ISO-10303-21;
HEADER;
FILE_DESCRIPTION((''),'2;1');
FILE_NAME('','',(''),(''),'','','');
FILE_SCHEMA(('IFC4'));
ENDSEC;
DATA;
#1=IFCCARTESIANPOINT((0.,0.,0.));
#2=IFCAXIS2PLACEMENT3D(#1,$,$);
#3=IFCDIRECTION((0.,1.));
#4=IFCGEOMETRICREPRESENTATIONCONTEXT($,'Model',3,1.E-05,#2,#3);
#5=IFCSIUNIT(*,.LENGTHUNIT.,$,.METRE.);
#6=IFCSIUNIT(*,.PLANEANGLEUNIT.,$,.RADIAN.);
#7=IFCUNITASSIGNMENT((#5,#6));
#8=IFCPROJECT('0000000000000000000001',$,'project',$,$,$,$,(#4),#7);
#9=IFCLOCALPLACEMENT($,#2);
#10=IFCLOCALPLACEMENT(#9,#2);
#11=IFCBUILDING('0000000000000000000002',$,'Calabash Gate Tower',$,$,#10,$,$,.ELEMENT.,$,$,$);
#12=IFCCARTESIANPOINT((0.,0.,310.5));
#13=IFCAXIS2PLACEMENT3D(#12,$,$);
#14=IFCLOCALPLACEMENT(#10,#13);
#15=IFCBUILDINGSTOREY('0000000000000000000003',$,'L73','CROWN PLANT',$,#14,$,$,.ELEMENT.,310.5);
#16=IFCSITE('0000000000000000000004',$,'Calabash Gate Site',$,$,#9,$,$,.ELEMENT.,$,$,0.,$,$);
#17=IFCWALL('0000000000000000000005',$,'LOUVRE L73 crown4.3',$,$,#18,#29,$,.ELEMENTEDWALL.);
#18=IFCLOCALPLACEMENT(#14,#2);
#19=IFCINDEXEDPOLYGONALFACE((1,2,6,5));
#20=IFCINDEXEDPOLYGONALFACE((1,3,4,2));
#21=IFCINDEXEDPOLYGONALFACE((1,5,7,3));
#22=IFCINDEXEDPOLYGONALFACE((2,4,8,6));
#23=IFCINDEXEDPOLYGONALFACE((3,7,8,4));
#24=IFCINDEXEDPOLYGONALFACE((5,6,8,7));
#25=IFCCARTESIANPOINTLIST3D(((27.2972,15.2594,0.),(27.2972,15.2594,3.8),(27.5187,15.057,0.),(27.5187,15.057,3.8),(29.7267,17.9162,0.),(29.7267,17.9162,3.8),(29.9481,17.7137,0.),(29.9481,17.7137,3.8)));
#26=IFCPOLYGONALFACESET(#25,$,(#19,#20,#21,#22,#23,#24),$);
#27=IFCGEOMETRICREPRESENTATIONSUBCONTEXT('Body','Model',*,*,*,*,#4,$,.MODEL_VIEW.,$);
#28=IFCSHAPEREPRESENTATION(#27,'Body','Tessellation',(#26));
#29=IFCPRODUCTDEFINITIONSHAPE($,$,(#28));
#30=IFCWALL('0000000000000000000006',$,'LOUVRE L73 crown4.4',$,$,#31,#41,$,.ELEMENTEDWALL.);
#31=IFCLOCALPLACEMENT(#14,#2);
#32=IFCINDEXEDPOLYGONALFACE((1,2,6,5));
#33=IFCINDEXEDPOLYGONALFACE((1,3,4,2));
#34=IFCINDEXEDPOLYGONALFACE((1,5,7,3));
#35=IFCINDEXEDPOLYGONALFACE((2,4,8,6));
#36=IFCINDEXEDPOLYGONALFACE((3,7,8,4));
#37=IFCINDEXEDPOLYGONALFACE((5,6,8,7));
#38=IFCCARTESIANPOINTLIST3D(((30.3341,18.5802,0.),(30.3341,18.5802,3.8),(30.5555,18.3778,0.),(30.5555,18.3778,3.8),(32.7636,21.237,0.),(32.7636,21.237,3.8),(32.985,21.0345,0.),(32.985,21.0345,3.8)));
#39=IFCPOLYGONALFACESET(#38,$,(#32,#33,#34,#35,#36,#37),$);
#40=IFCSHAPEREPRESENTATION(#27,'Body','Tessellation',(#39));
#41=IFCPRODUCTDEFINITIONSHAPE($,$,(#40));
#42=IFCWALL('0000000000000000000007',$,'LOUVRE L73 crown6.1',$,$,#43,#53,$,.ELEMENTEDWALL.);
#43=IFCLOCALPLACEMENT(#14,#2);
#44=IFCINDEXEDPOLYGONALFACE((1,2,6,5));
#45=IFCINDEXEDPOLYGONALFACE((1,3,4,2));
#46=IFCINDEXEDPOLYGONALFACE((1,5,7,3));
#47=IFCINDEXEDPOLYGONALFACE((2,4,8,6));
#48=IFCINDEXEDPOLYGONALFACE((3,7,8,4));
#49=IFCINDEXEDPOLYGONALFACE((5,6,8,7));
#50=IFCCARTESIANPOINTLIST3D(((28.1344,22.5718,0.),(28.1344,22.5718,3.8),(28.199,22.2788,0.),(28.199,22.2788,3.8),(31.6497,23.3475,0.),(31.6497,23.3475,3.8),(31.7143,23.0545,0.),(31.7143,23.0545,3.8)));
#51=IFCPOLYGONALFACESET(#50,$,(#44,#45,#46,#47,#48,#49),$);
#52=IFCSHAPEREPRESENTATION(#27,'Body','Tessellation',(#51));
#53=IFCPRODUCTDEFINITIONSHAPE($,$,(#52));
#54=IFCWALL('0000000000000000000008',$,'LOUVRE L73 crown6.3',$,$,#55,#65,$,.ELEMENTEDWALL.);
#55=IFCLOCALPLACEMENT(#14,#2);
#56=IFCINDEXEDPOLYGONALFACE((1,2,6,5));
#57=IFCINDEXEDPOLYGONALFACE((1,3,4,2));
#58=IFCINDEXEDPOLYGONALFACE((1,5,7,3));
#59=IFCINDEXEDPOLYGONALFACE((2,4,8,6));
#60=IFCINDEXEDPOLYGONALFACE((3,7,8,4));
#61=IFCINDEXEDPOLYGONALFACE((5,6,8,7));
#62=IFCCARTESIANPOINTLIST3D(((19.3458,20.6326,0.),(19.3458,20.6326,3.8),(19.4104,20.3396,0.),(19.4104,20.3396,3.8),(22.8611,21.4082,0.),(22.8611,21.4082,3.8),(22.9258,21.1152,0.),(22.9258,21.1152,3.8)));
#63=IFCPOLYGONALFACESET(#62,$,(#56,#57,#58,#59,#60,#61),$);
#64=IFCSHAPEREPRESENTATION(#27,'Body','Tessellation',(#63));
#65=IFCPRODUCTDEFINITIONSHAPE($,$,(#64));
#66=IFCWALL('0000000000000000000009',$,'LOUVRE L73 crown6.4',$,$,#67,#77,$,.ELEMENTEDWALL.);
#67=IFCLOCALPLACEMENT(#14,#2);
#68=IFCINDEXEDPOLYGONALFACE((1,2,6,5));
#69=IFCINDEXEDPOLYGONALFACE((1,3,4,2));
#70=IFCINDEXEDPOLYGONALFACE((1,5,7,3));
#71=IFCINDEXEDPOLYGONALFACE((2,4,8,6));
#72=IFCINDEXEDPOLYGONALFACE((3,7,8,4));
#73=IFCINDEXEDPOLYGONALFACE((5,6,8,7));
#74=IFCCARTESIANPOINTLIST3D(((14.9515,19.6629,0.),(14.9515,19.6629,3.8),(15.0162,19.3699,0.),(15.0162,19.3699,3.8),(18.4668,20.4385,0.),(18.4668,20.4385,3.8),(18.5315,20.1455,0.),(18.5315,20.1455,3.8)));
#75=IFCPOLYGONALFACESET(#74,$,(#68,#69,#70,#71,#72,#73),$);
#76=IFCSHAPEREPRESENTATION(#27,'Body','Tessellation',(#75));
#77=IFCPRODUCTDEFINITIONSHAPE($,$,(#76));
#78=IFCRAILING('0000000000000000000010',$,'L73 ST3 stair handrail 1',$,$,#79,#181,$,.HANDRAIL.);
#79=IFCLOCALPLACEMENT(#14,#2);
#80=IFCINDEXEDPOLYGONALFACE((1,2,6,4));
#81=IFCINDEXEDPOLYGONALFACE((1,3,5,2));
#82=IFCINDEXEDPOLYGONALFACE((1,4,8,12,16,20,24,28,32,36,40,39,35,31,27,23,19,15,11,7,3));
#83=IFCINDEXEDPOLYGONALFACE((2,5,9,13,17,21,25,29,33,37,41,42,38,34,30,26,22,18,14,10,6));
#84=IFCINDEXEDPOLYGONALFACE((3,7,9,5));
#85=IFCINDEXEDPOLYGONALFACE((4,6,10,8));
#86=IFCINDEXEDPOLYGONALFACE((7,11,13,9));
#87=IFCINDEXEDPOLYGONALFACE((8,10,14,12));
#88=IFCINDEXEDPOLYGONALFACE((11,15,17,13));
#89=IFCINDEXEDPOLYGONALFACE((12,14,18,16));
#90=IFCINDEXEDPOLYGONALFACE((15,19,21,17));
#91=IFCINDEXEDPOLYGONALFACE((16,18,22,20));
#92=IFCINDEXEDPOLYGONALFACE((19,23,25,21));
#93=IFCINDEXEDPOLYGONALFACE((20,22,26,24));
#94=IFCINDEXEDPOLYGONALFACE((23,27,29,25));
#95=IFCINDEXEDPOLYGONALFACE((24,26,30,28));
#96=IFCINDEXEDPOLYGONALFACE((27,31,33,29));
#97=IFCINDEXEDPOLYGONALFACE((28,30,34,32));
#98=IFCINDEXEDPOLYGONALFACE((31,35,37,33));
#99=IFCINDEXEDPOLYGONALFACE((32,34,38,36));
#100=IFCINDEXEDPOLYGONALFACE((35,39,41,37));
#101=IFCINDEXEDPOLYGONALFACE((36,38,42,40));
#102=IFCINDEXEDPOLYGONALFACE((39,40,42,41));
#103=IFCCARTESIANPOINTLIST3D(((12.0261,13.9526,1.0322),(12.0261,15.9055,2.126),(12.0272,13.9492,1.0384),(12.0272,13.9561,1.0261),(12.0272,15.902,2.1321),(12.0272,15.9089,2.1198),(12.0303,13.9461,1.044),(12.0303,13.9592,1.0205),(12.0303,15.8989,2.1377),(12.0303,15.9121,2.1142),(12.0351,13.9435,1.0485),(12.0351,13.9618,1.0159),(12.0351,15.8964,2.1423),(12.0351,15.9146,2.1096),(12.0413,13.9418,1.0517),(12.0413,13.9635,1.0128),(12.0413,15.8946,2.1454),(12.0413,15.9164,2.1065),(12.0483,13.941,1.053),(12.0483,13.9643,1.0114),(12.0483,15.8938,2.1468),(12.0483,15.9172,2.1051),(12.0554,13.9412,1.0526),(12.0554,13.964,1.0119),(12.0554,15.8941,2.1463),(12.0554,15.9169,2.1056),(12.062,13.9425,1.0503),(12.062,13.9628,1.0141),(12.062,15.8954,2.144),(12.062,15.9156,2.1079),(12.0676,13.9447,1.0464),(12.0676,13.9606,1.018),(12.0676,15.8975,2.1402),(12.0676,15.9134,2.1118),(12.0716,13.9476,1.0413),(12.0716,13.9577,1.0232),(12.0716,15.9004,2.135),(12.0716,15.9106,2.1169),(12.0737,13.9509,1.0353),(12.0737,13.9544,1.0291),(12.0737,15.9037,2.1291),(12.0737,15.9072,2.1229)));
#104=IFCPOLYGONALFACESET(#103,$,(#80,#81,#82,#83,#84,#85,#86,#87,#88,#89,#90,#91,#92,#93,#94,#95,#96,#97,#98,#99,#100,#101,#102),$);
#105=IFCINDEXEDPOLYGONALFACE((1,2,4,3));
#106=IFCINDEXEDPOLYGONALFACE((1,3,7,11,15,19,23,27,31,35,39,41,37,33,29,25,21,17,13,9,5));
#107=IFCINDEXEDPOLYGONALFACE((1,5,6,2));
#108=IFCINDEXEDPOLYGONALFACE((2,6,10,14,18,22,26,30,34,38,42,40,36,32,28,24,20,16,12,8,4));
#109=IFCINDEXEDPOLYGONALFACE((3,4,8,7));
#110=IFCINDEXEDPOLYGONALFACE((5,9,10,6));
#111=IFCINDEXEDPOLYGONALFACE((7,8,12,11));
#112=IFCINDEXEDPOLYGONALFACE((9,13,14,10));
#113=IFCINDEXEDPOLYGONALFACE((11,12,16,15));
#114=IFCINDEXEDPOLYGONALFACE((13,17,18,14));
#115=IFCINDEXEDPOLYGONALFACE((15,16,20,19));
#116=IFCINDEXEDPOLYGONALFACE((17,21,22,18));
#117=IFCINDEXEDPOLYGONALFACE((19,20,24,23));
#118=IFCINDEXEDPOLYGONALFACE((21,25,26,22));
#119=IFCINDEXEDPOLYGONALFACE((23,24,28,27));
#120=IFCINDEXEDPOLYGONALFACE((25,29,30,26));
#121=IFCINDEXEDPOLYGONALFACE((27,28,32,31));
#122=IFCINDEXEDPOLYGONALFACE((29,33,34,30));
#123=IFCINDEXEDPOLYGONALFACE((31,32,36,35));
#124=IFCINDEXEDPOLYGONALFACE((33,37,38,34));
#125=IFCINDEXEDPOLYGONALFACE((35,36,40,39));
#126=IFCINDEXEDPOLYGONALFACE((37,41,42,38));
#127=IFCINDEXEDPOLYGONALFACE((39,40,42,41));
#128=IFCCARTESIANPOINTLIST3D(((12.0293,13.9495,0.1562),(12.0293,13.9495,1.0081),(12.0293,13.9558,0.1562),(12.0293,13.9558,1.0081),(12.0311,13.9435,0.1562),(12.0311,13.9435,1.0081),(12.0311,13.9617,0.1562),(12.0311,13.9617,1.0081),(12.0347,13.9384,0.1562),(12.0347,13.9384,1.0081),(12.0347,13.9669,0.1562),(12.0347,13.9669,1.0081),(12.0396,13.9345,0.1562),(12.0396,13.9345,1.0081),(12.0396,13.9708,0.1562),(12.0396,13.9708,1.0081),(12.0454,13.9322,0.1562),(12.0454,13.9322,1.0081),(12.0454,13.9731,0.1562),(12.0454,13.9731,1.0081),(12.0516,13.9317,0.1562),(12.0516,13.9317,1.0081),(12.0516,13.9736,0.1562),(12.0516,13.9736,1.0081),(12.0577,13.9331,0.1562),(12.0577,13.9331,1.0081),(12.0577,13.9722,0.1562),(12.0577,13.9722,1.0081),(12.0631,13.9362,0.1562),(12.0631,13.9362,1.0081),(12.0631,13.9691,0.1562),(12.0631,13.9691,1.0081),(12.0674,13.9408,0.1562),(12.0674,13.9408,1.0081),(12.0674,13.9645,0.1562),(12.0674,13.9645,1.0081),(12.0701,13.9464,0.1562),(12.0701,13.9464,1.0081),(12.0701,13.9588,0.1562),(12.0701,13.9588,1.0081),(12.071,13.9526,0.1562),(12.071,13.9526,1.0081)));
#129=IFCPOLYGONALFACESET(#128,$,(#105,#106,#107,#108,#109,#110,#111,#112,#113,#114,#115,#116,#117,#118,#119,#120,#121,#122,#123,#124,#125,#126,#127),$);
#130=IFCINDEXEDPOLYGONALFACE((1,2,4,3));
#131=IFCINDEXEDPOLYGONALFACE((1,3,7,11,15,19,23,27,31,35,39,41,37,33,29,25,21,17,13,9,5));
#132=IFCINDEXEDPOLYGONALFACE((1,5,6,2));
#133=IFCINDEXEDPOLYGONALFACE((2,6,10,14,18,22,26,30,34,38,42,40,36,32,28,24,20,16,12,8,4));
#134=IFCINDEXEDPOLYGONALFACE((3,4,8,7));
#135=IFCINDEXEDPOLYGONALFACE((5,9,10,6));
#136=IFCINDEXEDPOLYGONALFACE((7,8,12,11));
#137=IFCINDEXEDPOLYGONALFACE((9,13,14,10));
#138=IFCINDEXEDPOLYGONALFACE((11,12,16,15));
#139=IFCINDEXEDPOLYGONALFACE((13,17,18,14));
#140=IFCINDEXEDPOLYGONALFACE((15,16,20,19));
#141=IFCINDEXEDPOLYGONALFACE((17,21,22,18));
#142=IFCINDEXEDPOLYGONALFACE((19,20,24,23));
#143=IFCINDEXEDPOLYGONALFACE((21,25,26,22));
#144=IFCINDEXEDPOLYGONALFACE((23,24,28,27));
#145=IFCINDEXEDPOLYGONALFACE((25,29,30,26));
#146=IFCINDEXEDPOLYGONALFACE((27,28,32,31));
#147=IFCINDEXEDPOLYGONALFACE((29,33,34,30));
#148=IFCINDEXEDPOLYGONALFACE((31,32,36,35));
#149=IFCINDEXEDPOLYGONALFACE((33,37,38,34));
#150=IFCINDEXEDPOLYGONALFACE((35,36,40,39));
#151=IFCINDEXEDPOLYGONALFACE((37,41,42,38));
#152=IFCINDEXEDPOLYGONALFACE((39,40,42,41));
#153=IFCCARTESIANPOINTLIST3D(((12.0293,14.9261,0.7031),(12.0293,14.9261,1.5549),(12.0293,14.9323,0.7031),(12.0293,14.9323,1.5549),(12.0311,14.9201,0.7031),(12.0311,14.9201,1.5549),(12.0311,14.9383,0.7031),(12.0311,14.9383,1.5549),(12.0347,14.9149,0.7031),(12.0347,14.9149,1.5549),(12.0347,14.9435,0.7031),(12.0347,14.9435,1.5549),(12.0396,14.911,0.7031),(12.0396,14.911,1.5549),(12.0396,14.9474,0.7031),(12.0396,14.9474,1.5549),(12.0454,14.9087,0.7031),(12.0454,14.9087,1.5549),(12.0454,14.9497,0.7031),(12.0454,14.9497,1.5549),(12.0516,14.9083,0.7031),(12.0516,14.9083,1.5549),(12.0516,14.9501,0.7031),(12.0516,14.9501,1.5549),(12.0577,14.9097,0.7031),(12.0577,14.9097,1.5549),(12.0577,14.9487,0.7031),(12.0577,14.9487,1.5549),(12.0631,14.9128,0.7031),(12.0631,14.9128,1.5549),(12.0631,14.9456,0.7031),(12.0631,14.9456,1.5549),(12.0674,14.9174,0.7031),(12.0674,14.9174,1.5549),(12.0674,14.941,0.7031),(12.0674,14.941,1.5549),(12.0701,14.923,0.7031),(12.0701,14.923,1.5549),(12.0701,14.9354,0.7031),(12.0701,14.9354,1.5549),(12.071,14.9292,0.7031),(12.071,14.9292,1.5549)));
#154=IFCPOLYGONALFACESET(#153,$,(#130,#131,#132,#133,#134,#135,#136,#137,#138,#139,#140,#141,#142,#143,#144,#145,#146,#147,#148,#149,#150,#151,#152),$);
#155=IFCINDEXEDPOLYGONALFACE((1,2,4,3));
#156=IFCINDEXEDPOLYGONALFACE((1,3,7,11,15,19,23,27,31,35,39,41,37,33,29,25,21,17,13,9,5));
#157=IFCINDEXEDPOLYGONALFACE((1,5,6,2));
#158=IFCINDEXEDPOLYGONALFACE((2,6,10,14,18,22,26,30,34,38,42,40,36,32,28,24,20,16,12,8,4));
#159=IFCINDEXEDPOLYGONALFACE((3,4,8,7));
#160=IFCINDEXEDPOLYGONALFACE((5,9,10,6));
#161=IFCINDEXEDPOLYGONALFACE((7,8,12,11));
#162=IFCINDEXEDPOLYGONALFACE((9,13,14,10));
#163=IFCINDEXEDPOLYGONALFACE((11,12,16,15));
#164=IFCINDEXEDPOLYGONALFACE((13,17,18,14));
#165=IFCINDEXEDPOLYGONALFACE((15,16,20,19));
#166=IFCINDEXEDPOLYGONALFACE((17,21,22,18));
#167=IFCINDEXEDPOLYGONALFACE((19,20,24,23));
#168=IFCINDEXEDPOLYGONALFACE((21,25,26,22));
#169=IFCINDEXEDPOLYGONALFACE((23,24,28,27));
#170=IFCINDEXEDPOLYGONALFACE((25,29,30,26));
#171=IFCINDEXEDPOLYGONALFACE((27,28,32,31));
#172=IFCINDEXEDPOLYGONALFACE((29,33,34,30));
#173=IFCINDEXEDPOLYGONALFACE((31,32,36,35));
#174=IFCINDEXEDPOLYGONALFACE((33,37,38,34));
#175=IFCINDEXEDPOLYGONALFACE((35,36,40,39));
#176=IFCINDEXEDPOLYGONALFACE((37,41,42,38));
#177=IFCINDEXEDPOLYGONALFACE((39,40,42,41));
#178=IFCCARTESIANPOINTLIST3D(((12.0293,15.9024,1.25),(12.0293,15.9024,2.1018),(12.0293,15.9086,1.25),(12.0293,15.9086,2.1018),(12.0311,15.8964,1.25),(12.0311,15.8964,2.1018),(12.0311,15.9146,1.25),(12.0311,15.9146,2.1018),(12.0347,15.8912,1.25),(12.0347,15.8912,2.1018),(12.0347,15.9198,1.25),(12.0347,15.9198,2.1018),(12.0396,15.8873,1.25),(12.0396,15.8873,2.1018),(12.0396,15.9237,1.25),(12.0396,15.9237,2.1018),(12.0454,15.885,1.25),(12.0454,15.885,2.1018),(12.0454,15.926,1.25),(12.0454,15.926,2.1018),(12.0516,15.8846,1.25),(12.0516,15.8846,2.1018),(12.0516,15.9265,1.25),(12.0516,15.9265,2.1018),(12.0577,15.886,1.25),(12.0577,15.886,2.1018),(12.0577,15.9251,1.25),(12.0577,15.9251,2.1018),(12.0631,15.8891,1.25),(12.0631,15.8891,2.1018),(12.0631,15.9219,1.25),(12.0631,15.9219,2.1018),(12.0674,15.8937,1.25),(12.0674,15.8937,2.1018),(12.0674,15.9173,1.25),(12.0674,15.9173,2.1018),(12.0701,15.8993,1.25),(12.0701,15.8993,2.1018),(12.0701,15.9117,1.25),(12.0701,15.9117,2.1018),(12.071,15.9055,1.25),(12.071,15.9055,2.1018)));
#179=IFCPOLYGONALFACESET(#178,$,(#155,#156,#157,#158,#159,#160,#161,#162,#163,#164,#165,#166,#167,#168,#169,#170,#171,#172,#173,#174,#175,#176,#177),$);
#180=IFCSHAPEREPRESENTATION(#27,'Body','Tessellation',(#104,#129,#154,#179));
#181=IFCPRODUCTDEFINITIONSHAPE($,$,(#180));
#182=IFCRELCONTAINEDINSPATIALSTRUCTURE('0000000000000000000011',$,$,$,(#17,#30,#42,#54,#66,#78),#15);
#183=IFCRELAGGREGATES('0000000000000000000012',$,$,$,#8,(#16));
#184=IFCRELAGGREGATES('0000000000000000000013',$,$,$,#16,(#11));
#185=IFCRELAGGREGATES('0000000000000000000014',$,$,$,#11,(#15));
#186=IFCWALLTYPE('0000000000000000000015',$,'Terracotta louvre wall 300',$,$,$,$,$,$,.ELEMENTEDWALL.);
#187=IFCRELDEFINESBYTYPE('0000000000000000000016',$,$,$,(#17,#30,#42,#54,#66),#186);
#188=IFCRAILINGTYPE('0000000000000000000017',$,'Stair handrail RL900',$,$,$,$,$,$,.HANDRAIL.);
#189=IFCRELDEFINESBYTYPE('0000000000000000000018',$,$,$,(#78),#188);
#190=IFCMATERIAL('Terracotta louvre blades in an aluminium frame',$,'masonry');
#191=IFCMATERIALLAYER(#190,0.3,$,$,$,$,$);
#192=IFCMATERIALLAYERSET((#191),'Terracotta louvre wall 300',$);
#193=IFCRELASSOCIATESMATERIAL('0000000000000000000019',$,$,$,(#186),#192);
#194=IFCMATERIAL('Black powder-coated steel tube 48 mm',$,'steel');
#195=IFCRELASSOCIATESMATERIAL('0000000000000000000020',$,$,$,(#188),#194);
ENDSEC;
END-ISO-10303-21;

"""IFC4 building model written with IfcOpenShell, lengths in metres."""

from ifc_helpers import new_model, si_unit, direction, frame, frame_2d, origin, origin_2d, place, context, subcontext, project, spatial, rectangle, circle, extrude, material, layer, layer_set, type_object, element, save


model = new_model("IFC4")

# Units and contexts
model_context = context("Model", 3, precision=1e-05, world=origin(), true_north=direction((0.0, 1.0)))
body_context = subcontext(model_context, "Body", "Model", "MODEL_VIEW")
ifc_project = project(units=[si_unit("LENGTHUNIT", "METRE"), si_unit("PLANEANGLEUNIT", "RADIAN")], contexts=[model_context])

# Site, building, storey
site_placement = place(None, origin())
site = spatial("IfcSite", under=ifc_project, at=site_placement, Name="Calabash Gate Site", CompositionType="ELEMENT", RefElevation=0.0)
building_placement = place(site_placement, origin())
building = spatial("IfcBuilding", under=site, at=building_placement, Name="Calabash Gate Tower", CompositionType="ELEMENT")
storey_placement = place(building_placement, frame((0.0, 0.0, 310.5)))
storey = spatial("IfcBuildingStorey", under=building, at=storey_placement, Name="L73", Description="CROWN PLANT", CompositionType="ELEMENT", Elevation=310.5)

# Walls
ifc_material_1 = material(Name="Terracotta louvre blades in an aluminium frame", Category="masonry")
ifc_layer_1 = layer(ifc_material_1, 0.3)
ifc_layer_set_1 = layer_set([ifc_layer_1], Name="Terracotta louvre wall 300")
wall_type_1 = type_object("IfcWallType", Name="Terracotta louvre wall 300", PredefinedType="ELEMENTEDWALL", material=ifc_layer_set_1)
for number, where, z_axis, x_axis, name in (
    (1, (27.408, 15.1582, 0.0), (0.0, 0.0, 1.0), (0.674834, 0.73797, 0.0), "LOUVRE L73 crown4.3"),
    (2, (30.4448, 18.479, 0.0), (0.0, 0.0, 1.0), (0.674834, 0.73797, 0.0), "LOUVRE L73 crown4.4"),
):
    element("IfcWall", number, at=place(storey_placement, frame(where, z_axis=z_axis, x_axis=x_axis)), inside=storey, type_object=wall_type_1, Name=name, PredefinedType="ELEMENTEDWALL", context=body_context, shape_type="SweptSolid", body=[
        extrude(rectangle(XDim=3.6001, YDim=0.3, at=frame_2d((1.8, 0.0))), origin(), (0.0, 0.0, 1.0), 3.8),
    ])
for number, where, z_axis, x_axis, name in (
    (3, (31.6819, 23.2009, 0.0), (0.0, 0.0, 1.0), (-0.976513, -0.215458, 0.0), "LOUVRE L73 crown6.1"),
    (4, (22.8933, 21.2617, 0.0), (0.0, 0.0, 1.0), (-0.976513, -0.215458, 0.0), "LOUVRE L73 crown6.3"),
    (5, (18.499, 20.292, 0.0), (0.0, 0.0, 1.0), (-0.976513, -0.215458, 0.0), "LOUVRE L73 crown6.4"),
):
    element("IfcWall", number, at=place(storey_placement, frame(where, z_axis=z_axis, x_axis=x_axis)), inside=storey, type_object=wall_type_1, Name=name, PredefinedType="ELEMENTEDWALL", context=body_context, shape_type="SweptSolid", body=[
        extrude(rectangle(XDim=3.5999, YDim=0.3, at=frame_2d((1.7998, 0.0))), origin(), (0.0, 0.0, 1.0), 3.8),
    ])

# Railing
ifc_material_2 = material(Name="Black powder-coated steel tube 48 mm", Category="steel")
railing_type = type_object("IfcRailingType", Name="Stair handrail RL900", PredefinedType="HANDRAIL", material=ifc_material_2)
railing_1_placement = place(storey_placement, frame((12.05, 13.9526, 0.1562)))
element("IfcRailing", 6, at=railing_1_placement, inside=storey, type_object=railing_type, Name="L73 ST3 stair handrail 1", PredefinedType="HANDRAIL", context=body_context, shape_type="SweptSolid", body=[
    extrude(circle(Radius=0.0239, at=origin_2d()), frame((0.0, 0.0, 0.876), z_axis=(0.0, 0.87248, 0.48865), x_axis=(-1.0, 0.0, 0.0)), (0.0, 0.0, 1.0), 2.2383),
    extrude(circle(Radius=0.021, at=origin_2d()), origin(), (0.0, 0.0, 1.0), 0.8518),
    extrude(circle(Radius=0.021, at=origin_2d()), frame((0.0, 0.9766, 0.5469)), (0.0, 0.0, 1.0), 0.8518),
    extrude(circle(Radius=0.021, at=origin_2d()), frame((0.0, 1.9529, 1.0938)), (0.0, 0.0, 1.0), 0.8518),
])

save(model, "model.ifc")
